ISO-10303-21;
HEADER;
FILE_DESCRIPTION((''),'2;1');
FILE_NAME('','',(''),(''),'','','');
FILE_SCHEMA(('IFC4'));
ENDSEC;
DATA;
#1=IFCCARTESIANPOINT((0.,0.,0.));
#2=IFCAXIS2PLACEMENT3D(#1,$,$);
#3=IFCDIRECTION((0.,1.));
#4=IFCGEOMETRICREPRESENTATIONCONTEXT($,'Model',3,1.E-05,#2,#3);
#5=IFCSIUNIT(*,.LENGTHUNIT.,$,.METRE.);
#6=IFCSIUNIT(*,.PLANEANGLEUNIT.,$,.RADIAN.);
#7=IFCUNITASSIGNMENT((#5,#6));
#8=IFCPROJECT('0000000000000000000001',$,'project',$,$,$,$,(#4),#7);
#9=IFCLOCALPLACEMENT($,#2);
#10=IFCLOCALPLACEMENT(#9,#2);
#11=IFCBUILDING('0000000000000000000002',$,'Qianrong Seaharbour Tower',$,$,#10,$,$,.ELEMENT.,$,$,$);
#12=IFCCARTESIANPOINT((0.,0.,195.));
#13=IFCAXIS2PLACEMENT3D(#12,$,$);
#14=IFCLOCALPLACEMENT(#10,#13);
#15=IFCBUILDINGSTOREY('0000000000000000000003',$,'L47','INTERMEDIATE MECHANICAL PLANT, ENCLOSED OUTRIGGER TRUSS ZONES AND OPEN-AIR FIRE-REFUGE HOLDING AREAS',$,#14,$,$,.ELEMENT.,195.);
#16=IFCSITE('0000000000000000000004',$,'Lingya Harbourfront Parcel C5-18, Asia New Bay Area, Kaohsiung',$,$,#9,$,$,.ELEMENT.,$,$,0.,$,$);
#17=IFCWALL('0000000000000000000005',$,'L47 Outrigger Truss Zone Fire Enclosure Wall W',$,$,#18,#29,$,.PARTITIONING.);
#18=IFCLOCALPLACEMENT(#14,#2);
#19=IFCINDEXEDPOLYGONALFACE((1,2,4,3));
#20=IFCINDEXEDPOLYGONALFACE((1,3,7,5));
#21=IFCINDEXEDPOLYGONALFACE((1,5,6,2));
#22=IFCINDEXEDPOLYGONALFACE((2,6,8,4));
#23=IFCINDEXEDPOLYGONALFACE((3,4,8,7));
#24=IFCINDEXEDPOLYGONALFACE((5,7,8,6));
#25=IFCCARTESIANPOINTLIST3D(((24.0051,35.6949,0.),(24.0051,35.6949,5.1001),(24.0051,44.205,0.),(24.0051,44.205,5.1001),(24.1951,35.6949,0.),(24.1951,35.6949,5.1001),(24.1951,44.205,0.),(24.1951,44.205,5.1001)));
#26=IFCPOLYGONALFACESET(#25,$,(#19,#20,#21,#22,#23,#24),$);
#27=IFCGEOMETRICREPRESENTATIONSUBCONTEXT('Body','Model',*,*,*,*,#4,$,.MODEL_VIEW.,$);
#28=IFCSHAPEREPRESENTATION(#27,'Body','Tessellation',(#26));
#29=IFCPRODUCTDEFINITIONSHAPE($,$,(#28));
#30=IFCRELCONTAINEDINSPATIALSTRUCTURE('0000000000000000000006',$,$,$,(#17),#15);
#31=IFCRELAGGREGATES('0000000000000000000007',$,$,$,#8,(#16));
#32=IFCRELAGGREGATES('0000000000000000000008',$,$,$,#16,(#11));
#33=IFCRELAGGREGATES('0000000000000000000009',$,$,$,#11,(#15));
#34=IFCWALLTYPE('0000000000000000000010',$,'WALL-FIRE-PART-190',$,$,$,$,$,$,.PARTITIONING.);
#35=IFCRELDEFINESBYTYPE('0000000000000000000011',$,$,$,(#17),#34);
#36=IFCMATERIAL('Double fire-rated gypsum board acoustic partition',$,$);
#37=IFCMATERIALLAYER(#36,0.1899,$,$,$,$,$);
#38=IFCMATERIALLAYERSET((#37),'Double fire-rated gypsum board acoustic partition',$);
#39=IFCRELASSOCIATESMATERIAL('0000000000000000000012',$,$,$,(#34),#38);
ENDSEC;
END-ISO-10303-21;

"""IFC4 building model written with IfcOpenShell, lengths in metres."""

from ifc_helpers import new_model, si_unit, direction, frame, frame_2d, origin, place, context, subcontext, project, spatial, rectangle, extrude, material, layer, layer_set, type_object, element, save


model = new_model("IFC4")

# Units and contexts
model_context = context("Model", 3, precision=1e-05, world=origin(), true_north=direction((0.0, 1.0)))
body_context = subcontext(model_context, "Body", "Model", "MODEL_VIEW")
ifc_project = project(units=[si_unit("LENGTHUNIT", "METRE"), si_unit("PLANEANGLEUNIT", "RADIAN")], contexts=[model_context])

# Site, building, storey
site_placement = place(None, origin())
site = spatial("IfcSite", under=ifc_project, at=site_placement, Name="Lingya Harbourfront Parcel C5-18, Asia New Bay Area, Kaohsiung", CompositionType="ELEMENT", RefElevation=0.0)
building_placement = place(site_placement, origin())
building = spatial("IfcBuilding", under=site, at=building_placement, Name="Qianrong Seaharbour Tower", CompositionType="ELEMENT")
storey_placement = place(building_placement, frame((0.0, 0.0, 195.0)))
storey = spatial("IfcBuildingStorey", under=building, at=storey_placement, Name="L47", Description="INTERMEDIATE MECHANICAL PLANT, ENCLOSED OUTRIGGER TRUSS ZONES AND OPEN-AIR FIRE-REFUGE HOLDING AREAS", CompositionType="ELEMENT", Elevation=195.0)

# Wall
ifc_material_1 = material(Name="Double fire-rated gypsum board acoustic partition")
ifc_layer_1 = layer(ifc_material_1, 0.1899)
ifc_layer_set_1 = layer_set([ifc_layer_1], Name="Double fire-rated gypsum board acoustic partition")
wall_type = type_object("IfcWallType", Name="WALL-FIRE-PART-190", PredefinedType="PARTITIONING", material=ifc_layer_set_1)
wall_placement = place(storey_placement, frame((24.1001, 35.6951, 0.0), z_axis=(0.0, 0.0, 1.0), x_axis=(0.0, 1.0, 0.0)))
element("IfcWall", 1, at=wall_placement, inside=storey, type_object=wall_type, Name="L47 Outrigger Truss Zone Fire Enclosure Wall W", PredefinedType="PARTITIONING", context=body_context, shape_type="SweptSolid", body=[
    extrude(rectangle(XDim=8.51, YDim=0.1899, at=frame_2d((4.2549, 0.0))), origin(), (0.0, 0.0, 1.0), 5.1001),
])

save(model, "model.ifc")
